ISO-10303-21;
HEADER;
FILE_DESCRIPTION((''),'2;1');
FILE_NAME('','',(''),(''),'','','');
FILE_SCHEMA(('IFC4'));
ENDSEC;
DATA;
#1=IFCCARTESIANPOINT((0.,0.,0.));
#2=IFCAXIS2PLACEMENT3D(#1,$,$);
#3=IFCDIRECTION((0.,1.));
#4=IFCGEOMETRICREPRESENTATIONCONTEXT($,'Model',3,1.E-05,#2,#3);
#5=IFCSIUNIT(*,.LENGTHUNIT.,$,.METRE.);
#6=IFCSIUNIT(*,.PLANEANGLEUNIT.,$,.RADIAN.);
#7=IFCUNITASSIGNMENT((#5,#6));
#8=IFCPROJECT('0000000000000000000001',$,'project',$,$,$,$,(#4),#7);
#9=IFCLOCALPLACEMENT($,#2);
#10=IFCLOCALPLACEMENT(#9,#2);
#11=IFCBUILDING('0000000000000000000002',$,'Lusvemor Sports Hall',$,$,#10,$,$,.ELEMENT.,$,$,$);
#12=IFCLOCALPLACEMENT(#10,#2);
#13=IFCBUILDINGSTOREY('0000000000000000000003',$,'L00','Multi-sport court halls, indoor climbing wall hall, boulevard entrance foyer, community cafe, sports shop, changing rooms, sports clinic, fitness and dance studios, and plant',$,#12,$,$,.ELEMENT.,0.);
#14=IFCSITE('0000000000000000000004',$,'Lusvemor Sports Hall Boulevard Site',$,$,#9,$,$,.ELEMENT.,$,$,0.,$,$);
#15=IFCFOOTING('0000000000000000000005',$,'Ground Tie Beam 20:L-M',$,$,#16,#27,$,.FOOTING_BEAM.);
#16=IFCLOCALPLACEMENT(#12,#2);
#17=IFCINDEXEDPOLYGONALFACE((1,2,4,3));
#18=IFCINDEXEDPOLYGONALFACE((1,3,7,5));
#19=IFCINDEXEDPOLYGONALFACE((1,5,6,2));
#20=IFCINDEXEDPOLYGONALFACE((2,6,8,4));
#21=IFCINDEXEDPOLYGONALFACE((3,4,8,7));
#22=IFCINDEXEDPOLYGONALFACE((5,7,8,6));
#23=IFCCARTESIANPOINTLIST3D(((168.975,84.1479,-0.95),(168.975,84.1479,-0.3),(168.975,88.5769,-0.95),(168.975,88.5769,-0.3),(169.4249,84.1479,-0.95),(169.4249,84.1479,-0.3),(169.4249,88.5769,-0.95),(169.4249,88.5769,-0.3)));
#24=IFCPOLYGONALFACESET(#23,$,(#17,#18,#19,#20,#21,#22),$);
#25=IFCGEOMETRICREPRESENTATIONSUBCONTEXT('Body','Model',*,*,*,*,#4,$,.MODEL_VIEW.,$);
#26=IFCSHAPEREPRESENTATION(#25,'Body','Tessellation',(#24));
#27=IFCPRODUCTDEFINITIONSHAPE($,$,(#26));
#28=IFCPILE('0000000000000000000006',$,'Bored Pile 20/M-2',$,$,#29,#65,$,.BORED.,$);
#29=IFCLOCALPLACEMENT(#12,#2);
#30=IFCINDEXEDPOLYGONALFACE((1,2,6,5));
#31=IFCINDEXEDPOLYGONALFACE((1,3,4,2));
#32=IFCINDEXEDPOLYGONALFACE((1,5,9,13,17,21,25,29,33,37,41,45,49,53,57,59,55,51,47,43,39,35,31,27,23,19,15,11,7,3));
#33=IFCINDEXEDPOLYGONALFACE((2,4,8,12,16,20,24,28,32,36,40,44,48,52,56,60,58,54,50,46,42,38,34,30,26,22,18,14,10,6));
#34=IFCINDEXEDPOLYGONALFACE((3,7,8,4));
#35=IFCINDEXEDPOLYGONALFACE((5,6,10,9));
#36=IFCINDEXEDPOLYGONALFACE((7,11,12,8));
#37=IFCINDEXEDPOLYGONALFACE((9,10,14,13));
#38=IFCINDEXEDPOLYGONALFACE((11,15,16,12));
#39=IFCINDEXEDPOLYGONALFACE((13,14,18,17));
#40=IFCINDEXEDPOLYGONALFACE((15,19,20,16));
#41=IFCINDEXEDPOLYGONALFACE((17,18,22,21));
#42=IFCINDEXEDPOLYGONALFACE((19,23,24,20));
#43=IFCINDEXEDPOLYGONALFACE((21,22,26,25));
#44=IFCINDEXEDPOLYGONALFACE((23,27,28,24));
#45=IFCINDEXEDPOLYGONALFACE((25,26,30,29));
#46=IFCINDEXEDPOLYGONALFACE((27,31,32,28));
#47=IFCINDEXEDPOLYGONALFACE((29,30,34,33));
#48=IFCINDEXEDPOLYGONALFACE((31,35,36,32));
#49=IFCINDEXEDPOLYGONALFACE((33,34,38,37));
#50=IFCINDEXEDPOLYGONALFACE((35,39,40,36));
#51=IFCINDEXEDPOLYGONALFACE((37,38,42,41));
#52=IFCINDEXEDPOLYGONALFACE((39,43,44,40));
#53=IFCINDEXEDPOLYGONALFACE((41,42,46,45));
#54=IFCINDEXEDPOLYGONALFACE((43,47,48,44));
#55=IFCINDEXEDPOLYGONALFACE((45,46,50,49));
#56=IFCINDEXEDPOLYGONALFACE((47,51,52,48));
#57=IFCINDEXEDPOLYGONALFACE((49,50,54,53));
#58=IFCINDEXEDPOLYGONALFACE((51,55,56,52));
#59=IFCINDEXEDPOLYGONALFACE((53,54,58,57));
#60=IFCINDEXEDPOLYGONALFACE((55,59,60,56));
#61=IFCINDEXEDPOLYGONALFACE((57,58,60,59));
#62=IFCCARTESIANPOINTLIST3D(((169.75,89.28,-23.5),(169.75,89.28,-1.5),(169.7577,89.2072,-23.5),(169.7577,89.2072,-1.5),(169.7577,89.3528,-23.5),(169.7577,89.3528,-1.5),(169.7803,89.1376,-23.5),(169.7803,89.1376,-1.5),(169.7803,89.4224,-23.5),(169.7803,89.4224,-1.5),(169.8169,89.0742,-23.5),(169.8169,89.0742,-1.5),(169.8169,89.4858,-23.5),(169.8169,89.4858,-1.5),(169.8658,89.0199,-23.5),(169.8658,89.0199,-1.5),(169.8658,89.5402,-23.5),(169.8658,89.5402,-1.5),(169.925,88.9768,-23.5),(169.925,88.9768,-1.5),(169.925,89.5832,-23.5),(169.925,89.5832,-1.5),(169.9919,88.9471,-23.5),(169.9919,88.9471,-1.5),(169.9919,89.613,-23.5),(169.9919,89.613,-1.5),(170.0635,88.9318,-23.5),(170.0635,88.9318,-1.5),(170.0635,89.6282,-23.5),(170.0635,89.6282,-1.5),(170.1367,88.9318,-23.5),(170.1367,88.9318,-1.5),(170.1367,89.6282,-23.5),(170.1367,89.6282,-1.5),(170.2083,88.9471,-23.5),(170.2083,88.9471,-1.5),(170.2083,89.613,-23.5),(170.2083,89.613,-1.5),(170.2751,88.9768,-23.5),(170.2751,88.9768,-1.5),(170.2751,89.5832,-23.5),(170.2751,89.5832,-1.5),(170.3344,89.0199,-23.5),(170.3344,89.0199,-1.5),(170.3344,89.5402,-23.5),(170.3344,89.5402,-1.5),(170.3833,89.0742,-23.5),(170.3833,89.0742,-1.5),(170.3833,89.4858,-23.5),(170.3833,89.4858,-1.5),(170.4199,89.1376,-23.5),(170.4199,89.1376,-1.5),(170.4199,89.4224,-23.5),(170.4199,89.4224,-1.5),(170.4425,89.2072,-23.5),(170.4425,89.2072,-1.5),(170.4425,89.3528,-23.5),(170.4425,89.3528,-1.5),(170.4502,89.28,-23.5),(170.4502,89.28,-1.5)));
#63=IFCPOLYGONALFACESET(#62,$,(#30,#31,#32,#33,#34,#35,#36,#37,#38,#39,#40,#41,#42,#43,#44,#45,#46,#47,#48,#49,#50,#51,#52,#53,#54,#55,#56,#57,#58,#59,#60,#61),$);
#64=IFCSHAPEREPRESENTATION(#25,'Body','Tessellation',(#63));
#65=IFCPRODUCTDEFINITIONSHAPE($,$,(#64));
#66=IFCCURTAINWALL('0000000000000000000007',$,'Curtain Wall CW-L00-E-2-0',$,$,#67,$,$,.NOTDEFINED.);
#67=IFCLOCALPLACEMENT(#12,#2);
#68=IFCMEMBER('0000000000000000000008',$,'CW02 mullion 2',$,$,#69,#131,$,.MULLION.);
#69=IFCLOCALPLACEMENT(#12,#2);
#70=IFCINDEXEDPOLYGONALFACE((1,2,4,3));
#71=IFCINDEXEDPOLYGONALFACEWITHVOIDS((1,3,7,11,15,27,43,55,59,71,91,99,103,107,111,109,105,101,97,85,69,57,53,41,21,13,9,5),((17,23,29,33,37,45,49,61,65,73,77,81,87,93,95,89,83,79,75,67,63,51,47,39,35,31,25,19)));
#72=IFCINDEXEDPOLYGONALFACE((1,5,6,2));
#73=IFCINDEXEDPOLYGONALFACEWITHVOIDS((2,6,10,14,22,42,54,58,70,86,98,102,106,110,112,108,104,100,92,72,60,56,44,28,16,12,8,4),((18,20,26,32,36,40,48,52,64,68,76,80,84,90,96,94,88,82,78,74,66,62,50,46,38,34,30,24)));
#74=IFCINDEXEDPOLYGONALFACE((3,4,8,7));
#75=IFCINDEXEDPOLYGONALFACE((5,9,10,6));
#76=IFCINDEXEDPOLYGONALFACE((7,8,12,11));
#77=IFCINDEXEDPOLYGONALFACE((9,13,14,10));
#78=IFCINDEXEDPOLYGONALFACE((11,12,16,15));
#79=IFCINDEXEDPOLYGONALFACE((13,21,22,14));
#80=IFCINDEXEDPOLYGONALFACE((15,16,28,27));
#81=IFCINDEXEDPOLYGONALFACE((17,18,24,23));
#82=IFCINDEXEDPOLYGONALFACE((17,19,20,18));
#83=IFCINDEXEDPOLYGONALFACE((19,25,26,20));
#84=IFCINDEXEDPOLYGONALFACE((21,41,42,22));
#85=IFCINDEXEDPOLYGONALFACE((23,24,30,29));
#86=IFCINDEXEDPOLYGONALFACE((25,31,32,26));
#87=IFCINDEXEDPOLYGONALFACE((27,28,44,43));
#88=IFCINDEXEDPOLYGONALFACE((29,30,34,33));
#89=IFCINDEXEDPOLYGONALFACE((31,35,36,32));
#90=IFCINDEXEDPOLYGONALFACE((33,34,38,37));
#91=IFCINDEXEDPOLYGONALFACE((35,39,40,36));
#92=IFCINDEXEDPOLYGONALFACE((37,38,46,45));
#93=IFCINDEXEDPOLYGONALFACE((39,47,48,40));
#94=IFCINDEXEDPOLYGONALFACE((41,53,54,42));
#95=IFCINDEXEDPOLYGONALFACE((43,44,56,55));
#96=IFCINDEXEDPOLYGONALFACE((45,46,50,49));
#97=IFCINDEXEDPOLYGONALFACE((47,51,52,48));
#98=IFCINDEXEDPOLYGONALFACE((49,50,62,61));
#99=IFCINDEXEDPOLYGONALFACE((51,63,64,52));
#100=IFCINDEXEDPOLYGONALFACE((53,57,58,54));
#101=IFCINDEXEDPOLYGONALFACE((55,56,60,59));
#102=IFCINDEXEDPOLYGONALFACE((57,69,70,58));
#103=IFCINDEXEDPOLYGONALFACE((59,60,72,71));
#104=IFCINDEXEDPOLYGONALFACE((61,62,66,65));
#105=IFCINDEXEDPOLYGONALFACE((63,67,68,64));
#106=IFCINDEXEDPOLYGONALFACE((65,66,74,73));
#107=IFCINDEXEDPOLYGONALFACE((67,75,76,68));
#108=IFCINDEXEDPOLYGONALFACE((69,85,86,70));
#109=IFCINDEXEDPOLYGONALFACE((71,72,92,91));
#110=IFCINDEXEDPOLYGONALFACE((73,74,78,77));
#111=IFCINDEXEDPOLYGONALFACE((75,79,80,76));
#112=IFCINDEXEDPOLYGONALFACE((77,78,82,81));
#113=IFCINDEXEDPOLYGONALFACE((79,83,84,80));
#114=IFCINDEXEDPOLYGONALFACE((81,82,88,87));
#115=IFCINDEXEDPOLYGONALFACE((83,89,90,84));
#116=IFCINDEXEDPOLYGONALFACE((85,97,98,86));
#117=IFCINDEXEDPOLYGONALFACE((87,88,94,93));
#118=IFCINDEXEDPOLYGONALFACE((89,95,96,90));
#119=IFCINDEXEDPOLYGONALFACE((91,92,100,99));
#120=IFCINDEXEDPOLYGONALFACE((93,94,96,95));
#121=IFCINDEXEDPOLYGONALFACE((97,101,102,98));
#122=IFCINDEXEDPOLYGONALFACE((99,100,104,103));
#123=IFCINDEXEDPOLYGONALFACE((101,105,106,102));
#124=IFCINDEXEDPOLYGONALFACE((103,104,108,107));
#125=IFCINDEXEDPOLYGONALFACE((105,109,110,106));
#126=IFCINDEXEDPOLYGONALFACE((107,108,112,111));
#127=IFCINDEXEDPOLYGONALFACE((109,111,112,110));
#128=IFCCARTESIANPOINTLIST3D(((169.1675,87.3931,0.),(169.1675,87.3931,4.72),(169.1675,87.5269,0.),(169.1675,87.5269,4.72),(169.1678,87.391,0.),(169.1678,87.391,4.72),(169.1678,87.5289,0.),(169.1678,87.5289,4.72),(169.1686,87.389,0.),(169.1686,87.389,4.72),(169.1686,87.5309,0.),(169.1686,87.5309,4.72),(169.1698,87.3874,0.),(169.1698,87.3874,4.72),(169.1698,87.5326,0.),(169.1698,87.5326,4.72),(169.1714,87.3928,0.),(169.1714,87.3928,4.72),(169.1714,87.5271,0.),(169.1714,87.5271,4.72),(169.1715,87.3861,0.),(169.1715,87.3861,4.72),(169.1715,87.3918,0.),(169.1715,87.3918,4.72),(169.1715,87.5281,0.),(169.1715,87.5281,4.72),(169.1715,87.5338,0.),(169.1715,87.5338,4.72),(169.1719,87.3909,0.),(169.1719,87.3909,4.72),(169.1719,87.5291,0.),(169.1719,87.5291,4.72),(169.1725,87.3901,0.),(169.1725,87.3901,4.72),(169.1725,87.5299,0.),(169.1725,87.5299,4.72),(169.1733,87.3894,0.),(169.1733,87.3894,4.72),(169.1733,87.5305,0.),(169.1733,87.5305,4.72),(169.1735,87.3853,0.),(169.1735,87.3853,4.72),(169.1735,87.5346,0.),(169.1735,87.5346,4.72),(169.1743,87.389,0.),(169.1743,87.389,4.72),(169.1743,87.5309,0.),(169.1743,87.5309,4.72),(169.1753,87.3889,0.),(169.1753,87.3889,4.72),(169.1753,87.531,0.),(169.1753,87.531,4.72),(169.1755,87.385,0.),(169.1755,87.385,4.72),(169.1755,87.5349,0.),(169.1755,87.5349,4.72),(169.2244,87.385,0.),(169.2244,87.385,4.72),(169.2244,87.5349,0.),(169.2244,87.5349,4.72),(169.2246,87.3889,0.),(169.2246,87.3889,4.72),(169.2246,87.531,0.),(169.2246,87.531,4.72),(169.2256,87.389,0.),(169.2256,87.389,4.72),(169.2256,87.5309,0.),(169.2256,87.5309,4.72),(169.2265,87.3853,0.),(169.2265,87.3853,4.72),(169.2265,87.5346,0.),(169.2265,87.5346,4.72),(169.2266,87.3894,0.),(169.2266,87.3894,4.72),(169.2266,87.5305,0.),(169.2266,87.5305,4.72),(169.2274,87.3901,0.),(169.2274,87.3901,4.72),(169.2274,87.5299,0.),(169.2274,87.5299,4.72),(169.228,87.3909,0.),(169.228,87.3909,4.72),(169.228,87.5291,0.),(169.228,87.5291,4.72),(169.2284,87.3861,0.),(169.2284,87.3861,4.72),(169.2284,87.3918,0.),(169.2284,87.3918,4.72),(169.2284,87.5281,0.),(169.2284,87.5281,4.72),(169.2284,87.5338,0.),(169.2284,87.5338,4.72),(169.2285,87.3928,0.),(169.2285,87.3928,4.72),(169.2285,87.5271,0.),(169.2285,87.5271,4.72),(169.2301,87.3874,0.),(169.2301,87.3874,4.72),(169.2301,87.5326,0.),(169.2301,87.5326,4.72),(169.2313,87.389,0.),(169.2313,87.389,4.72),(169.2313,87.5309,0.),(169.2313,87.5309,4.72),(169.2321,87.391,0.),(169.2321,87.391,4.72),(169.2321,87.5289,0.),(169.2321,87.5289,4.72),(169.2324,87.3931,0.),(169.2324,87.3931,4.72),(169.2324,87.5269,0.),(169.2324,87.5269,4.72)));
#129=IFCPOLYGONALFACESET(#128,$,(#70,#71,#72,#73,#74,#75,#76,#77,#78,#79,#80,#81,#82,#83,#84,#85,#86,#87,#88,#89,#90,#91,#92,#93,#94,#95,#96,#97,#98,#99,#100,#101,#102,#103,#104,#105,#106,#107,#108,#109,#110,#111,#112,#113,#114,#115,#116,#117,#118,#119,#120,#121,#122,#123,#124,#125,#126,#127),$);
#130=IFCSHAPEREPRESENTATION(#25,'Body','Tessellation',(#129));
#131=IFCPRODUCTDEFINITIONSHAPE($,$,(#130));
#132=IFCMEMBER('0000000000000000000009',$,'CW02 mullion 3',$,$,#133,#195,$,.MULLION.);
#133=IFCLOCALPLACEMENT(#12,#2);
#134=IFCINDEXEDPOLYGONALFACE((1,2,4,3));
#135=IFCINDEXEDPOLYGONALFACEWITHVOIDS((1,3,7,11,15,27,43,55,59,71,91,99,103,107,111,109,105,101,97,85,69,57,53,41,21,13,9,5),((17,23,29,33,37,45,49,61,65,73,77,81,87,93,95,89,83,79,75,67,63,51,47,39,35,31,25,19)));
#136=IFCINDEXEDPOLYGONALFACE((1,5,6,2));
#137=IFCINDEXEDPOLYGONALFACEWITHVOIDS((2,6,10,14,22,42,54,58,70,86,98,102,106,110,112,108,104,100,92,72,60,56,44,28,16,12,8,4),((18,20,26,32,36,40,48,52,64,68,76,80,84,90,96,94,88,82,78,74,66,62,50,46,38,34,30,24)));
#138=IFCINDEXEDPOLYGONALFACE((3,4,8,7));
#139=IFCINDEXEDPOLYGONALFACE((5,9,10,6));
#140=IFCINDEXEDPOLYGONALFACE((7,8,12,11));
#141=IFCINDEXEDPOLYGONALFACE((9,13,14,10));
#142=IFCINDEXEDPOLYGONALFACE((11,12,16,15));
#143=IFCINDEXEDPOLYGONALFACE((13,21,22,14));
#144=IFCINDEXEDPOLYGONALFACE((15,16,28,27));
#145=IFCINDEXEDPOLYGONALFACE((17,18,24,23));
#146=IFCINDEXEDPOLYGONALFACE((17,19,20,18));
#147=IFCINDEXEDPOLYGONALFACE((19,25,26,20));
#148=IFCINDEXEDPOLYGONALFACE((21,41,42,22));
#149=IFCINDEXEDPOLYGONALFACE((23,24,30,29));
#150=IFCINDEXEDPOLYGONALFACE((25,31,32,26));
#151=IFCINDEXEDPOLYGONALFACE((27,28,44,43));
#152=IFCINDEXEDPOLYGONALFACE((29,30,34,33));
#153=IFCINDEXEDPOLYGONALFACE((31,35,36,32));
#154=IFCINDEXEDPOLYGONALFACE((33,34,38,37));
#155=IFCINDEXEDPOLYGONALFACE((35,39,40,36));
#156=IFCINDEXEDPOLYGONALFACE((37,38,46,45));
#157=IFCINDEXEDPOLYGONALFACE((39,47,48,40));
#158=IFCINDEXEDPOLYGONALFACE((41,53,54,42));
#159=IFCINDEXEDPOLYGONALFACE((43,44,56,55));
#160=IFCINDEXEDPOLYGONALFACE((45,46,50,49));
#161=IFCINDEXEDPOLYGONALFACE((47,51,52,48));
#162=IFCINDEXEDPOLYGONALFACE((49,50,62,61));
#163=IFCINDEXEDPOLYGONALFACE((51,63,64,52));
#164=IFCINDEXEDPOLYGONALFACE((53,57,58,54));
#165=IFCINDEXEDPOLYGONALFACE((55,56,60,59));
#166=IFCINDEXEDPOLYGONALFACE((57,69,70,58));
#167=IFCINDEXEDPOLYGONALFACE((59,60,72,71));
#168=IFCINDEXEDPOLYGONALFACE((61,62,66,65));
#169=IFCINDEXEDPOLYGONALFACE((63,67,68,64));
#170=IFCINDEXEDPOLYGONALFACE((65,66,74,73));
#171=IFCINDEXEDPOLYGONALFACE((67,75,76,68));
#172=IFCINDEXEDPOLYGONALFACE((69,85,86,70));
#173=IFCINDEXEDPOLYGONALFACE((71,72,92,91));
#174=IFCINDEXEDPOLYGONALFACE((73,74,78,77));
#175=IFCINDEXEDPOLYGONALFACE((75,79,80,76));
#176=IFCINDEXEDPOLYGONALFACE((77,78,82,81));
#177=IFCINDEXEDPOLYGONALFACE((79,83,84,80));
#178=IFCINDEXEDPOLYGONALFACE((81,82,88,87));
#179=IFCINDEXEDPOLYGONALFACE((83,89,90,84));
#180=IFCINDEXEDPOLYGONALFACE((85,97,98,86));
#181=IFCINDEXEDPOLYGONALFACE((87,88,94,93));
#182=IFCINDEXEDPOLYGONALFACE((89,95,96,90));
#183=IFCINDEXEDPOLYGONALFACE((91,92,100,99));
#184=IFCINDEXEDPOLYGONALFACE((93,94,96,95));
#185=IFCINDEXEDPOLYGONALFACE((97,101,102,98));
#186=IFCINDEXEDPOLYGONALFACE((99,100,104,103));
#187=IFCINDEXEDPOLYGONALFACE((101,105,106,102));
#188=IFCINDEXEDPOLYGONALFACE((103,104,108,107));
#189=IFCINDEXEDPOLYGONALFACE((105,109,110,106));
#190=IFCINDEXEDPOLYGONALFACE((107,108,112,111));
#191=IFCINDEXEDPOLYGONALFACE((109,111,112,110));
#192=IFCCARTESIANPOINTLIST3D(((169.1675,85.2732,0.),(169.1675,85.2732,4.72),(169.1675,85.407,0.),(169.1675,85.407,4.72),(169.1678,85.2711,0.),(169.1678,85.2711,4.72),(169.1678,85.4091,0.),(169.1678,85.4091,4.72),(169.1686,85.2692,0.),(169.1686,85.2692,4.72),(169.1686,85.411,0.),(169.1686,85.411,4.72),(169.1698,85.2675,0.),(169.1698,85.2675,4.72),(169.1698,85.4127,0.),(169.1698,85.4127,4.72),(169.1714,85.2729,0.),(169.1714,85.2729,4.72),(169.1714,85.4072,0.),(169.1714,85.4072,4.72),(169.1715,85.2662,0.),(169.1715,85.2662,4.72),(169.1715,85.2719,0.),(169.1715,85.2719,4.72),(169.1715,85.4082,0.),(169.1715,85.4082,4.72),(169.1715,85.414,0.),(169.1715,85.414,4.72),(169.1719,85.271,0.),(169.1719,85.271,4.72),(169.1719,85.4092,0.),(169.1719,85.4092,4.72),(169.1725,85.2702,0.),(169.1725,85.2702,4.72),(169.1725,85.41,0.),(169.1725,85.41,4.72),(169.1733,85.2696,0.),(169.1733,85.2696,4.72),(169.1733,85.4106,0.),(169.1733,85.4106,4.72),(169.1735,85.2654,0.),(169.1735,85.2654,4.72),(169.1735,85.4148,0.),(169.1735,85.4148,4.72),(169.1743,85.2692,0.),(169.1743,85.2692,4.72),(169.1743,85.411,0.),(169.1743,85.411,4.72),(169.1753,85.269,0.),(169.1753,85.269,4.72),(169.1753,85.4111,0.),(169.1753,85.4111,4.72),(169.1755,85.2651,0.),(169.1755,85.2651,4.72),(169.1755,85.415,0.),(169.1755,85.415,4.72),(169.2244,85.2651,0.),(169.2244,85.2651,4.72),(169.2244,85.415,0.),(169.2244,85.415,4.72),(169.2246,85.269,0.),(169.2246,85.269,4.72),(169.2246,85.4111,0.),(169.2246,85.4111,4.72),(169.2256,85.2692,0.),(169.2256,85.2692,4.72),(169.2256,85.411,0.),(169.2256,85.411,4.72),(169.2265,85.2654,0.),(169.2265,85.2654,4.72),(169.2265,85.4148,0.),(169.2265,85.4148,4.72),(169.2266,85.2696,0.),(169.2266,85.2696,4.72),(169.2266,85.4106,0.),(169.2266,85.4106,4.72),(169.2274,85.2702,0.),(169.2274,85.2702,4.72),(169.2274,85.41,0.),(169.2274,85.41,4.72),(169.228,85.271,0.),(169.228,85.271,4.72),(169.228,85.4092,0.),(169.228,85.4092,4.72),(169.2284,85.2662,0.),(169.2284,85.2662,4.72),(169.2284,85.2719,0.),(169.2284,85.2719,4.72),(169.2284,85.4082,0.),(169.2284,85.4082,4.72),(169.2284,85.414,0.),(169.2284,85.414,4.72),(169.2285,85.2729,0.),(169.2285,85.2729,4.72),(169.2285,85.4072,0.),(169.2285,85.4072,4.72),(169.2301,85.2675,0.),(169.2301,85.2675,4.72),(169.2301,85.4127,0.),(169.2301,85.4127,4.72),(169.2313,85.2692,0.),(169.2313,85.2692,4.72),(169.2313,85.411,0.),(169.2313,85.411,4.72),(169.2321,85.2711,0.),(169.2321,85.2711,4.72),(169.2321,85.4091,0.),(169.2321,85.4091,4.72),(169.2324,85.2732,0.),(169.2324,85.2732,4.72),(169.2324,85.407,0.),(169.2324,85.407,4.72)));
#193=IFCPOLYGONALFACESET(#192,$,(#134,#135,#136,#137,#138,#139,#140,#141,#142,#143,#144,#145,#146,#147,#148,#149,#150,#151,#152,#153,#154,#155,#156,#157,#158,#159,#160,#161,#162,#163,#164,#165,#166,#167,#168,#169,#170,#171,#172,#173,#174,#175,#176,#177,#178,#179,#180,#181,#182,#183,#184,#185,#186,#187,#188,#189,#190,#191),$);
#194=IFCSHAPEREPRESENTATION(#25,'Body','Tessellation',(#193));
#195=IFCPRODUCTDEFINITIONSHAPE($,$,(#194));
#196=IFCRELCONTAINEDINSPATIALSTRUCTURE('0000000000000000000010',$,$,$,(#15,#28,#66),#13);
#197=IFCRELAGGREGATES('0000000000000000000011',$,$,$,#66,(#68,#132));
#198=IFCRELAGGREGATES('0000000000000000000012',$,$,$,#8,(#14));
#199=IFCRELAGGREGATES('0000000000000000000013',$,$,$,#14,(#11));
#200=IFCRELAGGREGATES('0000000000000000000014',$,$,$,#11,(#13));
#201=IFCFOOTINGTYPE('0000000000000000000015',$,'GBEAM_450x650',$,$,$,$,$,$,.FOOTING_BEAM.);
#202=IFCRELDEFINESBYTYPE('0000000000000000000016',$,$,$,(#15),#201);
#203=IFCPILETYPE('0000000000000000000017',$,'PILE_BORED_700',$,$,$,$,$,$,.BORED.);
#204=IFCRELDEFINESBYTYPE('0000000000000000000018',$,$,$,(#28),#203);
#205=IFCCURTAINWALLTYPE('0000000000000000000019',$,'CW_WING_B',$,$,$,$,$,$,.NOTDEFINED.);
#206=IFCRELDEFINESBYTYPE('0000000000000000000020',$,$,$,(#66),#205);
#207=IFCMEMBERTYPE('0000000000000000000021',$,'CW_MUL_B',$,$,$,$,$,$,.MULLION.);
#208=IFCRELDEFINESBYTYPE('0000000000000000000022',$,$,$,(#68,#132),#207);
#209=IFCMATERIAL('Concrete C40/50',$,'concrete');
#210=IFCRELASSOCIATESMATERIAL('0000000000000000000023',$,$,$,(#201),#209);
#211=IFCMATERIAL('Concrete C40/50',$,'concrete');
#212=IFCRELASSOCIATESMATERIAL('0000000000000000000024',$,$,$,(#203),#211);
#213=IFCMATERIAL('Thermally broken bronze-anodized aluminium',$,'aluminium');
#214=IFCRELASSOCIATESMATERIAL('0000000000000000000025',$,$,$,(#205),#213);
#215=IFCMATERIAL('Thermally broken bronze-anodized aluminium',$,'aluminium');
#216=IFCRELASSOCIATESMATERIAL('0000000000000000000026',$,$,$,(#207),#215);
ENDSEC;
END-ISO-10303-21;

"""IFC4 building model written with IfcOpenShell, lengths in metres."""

from ifc_helpers import new_model, si_unit, direction, frame, origin, origin_2d, place, context, subcontext, project, spatial, rectangle, hollow_rectangle, circle, extrude, material, material_profile, profile_set, type_object, element, aggregate, save


model = new_model("IFC4")

# Units and contexts
model_context = context("Model", 3, precision=1e-05, world=origin(), true_north=direction((0.0, 1.0)))
body_context = subcontext(model_context, "Body", "Model", "MODEL_VIEW")
ifc_project = project(units=[si_unit("LENGTHUNIT", "METRE"), si_unit("PLANEANGLEUNIT", "RADIAN")], contexts=[model_context])

# Site, building, storey
site_placement = place(None, origin())
site = spatial("IfcSite", under=ifc_project, at=site_placement, Name="Lusvemor Sports Hall Boulevard Site", CompositionType="ELEMENT", RefElevation=0.0)
building_placement = place(site_placement, origin())
building = spatial("IfcBuilding", under=site, at=building_placement, Name="Lusvemor Sports Hall", CompositionType="ELEMENT")
storey_placement = place(building_placement, origin())
storey = spatial("IfcBuildingStorey", under=building, at=storey_placement, Name="L00", Description="Multi-sport court halls, indoor climbing wall hall, boulevard entrance foyer, community cafe, sports shop, changing rooms, sports clinic, fitness and dance studios, and plant", CompositionType="ELEMENT", Elevation=0.0)

# Footing
ifc_material_1 = material(Name="Concrete C40/50", Category="concrete")
ifc_material_profile_1 = material_profile(ifc_material_1, rectangle(XDim=0.45, YDim=0.6499, at=origin_2d()), Name="GB_450x650")
ifc_profile_set_1 = profile_set([ifc_material_profile_1], Name="Concrete C40/50")
footing_type = type_object("IfcFootingType", Name="GBEAM_450x650", PredefinedType="FOOTING_BEAM", material=ifc_profile_set_1)
footing_placement = place(storey_placement, frame((169.2, 84.1479, -0.625), z_axis=(0.0, 1.0, 0.0), x_axis=(-1.0, 0.0, 0.0)))
element("IfcFooting", 1, at=footing_placement, inside=storey, type_object=footing_type, Name="Ground Tie Beam 20:L-M", PredefinedType="FOOTING_BEAM", context=body_context, shape_type="SweptSolid", body=[
    extrude(rectangle(XDim=0.45, YDim=0.6499, at=origin_2d()), origin(), (0.0, 0.0, 1.0), 4.429),
])

# Pile
ifc_material_2 = material(Name="Concrete C40/50", Category="concrete")
ifc_material_profile_2 = material_profile(ifc_material_2, circle(Radius=0.3501, at=origin_2d()), Name="PILE700")
ifc_profile_set_2 = profile_set([ifc_material_profile_2], Name="Concrete C40/50")
pile_type = type_object("IfcPileType", Name="PILE_BORED_700", PredefinedType="BORED", material=ifc_profile_set_2)
pile_placement = place(storey_placement, frame((170.1001, 89.28, -1.5), z_axis=(0.0, 0.0, -1.0), x_axis=(1.0, 0.0, 0.0)))
element("IfcPile", 2, at=pile_placement, inside=storey, type_object=pile_type, Name="Bored Pile 20/M-2", PredefinedType="BORED", context=body_context, shape_type="SweptSolid", body=[
    extrude(circle(Radius=0.3501, at=origin_2d()), origin(), (0.0, 0.0, 1.0), 22.0),
])

# Curtain wall, members
ifc_material_3 = material(Name="Thermally broken bronze-anodized aluminium", Category="aluminium")
curtain_wall_type = type_object("IfcCurtainWallType", Name="CW_WING_B", PredefinedType="NOTDEFINED", material=ifc_material_3)
curtain_wall_placement = place(storey_placement, origin())
curtain_wall = element("IfcCurtainWall", 3, at=curtain_wall_placement, inside=storey, type_object=curtain_wall_type, Name="Curtain Wall CW-L00-E-2-0", PredefinedType="NOTDEFINED")
ifc_material_4 = material(Name="Thermally broken bronze-anodized aluminium", Category="aluminium")
ifc_material_profile_3 = material_profile(ifc_material_4, hollow_rectangle(XDim=0.0649, YDim=0.1499, WallThickness=0.0039, InnerFilletRadius=0.0039, OuterFilletRadius=0.0081, at=origin_2d()), Name="CWMUL150x65x4")
ifc_profile_set_3 = profile_set([ifc_material_profile_3], Name="Thermally broken bronze-anodized aluminium")
member_type_1 = type_object("IfcMemberType", Name="CW_MUL_B", PredefinedType="MULLION", material=ifc_profile_set_3)
member_1_placement = place(storey_placement, frame((169.2, 87.46, 0.0), z_axis=(0.0, 0.0, 1.0), x_axis=(1.0, 0.0, 0.0)))
member_1 = element("IfcMember", 4, at=member_1_placement, type_object=member_type_1, Name="CW02 mullion 2", PredefinedType="MULLION", context=body_context, shape_type="SweptSolid", body=[
    extrude(hollow_rectangle(XDim=0.0649, YDim=0.1499, WallThickness=0.0039, InnerFilletRadius=0.0039, OuterFilletRadius=0.0081, at=origin_2d()), origin(), (0.0, 0.0, 1.0), 4.72),
])
member_2_placement = place(storey_placement, frame((169.2, 85.3401, 0.0), z_axis=(0.0, 0.0, 1.0), x_axis=(1.0, 0.0, 0.0)))
member_2 = element("IfcMember", 5, at=member_2_placement, type_object=member_type_1, Name="CW02 mullion 3", PredefinedType="MULLION", context=body_context, shape_type="SweptSolid", body=[
    extrude(hollow_rectangle(XDim=0.0649, YDim=0.1499, WallThickness=0.0039, InnerFilletRadius=0.0039, OuterFilletRadius=0.0081, at=origin_2d()), origin(), (0.0, 0.0, 1.0), 4.72),
])
aggregate(curtain_wall, [member_1, member_2])

save(model, "model.ifc")
